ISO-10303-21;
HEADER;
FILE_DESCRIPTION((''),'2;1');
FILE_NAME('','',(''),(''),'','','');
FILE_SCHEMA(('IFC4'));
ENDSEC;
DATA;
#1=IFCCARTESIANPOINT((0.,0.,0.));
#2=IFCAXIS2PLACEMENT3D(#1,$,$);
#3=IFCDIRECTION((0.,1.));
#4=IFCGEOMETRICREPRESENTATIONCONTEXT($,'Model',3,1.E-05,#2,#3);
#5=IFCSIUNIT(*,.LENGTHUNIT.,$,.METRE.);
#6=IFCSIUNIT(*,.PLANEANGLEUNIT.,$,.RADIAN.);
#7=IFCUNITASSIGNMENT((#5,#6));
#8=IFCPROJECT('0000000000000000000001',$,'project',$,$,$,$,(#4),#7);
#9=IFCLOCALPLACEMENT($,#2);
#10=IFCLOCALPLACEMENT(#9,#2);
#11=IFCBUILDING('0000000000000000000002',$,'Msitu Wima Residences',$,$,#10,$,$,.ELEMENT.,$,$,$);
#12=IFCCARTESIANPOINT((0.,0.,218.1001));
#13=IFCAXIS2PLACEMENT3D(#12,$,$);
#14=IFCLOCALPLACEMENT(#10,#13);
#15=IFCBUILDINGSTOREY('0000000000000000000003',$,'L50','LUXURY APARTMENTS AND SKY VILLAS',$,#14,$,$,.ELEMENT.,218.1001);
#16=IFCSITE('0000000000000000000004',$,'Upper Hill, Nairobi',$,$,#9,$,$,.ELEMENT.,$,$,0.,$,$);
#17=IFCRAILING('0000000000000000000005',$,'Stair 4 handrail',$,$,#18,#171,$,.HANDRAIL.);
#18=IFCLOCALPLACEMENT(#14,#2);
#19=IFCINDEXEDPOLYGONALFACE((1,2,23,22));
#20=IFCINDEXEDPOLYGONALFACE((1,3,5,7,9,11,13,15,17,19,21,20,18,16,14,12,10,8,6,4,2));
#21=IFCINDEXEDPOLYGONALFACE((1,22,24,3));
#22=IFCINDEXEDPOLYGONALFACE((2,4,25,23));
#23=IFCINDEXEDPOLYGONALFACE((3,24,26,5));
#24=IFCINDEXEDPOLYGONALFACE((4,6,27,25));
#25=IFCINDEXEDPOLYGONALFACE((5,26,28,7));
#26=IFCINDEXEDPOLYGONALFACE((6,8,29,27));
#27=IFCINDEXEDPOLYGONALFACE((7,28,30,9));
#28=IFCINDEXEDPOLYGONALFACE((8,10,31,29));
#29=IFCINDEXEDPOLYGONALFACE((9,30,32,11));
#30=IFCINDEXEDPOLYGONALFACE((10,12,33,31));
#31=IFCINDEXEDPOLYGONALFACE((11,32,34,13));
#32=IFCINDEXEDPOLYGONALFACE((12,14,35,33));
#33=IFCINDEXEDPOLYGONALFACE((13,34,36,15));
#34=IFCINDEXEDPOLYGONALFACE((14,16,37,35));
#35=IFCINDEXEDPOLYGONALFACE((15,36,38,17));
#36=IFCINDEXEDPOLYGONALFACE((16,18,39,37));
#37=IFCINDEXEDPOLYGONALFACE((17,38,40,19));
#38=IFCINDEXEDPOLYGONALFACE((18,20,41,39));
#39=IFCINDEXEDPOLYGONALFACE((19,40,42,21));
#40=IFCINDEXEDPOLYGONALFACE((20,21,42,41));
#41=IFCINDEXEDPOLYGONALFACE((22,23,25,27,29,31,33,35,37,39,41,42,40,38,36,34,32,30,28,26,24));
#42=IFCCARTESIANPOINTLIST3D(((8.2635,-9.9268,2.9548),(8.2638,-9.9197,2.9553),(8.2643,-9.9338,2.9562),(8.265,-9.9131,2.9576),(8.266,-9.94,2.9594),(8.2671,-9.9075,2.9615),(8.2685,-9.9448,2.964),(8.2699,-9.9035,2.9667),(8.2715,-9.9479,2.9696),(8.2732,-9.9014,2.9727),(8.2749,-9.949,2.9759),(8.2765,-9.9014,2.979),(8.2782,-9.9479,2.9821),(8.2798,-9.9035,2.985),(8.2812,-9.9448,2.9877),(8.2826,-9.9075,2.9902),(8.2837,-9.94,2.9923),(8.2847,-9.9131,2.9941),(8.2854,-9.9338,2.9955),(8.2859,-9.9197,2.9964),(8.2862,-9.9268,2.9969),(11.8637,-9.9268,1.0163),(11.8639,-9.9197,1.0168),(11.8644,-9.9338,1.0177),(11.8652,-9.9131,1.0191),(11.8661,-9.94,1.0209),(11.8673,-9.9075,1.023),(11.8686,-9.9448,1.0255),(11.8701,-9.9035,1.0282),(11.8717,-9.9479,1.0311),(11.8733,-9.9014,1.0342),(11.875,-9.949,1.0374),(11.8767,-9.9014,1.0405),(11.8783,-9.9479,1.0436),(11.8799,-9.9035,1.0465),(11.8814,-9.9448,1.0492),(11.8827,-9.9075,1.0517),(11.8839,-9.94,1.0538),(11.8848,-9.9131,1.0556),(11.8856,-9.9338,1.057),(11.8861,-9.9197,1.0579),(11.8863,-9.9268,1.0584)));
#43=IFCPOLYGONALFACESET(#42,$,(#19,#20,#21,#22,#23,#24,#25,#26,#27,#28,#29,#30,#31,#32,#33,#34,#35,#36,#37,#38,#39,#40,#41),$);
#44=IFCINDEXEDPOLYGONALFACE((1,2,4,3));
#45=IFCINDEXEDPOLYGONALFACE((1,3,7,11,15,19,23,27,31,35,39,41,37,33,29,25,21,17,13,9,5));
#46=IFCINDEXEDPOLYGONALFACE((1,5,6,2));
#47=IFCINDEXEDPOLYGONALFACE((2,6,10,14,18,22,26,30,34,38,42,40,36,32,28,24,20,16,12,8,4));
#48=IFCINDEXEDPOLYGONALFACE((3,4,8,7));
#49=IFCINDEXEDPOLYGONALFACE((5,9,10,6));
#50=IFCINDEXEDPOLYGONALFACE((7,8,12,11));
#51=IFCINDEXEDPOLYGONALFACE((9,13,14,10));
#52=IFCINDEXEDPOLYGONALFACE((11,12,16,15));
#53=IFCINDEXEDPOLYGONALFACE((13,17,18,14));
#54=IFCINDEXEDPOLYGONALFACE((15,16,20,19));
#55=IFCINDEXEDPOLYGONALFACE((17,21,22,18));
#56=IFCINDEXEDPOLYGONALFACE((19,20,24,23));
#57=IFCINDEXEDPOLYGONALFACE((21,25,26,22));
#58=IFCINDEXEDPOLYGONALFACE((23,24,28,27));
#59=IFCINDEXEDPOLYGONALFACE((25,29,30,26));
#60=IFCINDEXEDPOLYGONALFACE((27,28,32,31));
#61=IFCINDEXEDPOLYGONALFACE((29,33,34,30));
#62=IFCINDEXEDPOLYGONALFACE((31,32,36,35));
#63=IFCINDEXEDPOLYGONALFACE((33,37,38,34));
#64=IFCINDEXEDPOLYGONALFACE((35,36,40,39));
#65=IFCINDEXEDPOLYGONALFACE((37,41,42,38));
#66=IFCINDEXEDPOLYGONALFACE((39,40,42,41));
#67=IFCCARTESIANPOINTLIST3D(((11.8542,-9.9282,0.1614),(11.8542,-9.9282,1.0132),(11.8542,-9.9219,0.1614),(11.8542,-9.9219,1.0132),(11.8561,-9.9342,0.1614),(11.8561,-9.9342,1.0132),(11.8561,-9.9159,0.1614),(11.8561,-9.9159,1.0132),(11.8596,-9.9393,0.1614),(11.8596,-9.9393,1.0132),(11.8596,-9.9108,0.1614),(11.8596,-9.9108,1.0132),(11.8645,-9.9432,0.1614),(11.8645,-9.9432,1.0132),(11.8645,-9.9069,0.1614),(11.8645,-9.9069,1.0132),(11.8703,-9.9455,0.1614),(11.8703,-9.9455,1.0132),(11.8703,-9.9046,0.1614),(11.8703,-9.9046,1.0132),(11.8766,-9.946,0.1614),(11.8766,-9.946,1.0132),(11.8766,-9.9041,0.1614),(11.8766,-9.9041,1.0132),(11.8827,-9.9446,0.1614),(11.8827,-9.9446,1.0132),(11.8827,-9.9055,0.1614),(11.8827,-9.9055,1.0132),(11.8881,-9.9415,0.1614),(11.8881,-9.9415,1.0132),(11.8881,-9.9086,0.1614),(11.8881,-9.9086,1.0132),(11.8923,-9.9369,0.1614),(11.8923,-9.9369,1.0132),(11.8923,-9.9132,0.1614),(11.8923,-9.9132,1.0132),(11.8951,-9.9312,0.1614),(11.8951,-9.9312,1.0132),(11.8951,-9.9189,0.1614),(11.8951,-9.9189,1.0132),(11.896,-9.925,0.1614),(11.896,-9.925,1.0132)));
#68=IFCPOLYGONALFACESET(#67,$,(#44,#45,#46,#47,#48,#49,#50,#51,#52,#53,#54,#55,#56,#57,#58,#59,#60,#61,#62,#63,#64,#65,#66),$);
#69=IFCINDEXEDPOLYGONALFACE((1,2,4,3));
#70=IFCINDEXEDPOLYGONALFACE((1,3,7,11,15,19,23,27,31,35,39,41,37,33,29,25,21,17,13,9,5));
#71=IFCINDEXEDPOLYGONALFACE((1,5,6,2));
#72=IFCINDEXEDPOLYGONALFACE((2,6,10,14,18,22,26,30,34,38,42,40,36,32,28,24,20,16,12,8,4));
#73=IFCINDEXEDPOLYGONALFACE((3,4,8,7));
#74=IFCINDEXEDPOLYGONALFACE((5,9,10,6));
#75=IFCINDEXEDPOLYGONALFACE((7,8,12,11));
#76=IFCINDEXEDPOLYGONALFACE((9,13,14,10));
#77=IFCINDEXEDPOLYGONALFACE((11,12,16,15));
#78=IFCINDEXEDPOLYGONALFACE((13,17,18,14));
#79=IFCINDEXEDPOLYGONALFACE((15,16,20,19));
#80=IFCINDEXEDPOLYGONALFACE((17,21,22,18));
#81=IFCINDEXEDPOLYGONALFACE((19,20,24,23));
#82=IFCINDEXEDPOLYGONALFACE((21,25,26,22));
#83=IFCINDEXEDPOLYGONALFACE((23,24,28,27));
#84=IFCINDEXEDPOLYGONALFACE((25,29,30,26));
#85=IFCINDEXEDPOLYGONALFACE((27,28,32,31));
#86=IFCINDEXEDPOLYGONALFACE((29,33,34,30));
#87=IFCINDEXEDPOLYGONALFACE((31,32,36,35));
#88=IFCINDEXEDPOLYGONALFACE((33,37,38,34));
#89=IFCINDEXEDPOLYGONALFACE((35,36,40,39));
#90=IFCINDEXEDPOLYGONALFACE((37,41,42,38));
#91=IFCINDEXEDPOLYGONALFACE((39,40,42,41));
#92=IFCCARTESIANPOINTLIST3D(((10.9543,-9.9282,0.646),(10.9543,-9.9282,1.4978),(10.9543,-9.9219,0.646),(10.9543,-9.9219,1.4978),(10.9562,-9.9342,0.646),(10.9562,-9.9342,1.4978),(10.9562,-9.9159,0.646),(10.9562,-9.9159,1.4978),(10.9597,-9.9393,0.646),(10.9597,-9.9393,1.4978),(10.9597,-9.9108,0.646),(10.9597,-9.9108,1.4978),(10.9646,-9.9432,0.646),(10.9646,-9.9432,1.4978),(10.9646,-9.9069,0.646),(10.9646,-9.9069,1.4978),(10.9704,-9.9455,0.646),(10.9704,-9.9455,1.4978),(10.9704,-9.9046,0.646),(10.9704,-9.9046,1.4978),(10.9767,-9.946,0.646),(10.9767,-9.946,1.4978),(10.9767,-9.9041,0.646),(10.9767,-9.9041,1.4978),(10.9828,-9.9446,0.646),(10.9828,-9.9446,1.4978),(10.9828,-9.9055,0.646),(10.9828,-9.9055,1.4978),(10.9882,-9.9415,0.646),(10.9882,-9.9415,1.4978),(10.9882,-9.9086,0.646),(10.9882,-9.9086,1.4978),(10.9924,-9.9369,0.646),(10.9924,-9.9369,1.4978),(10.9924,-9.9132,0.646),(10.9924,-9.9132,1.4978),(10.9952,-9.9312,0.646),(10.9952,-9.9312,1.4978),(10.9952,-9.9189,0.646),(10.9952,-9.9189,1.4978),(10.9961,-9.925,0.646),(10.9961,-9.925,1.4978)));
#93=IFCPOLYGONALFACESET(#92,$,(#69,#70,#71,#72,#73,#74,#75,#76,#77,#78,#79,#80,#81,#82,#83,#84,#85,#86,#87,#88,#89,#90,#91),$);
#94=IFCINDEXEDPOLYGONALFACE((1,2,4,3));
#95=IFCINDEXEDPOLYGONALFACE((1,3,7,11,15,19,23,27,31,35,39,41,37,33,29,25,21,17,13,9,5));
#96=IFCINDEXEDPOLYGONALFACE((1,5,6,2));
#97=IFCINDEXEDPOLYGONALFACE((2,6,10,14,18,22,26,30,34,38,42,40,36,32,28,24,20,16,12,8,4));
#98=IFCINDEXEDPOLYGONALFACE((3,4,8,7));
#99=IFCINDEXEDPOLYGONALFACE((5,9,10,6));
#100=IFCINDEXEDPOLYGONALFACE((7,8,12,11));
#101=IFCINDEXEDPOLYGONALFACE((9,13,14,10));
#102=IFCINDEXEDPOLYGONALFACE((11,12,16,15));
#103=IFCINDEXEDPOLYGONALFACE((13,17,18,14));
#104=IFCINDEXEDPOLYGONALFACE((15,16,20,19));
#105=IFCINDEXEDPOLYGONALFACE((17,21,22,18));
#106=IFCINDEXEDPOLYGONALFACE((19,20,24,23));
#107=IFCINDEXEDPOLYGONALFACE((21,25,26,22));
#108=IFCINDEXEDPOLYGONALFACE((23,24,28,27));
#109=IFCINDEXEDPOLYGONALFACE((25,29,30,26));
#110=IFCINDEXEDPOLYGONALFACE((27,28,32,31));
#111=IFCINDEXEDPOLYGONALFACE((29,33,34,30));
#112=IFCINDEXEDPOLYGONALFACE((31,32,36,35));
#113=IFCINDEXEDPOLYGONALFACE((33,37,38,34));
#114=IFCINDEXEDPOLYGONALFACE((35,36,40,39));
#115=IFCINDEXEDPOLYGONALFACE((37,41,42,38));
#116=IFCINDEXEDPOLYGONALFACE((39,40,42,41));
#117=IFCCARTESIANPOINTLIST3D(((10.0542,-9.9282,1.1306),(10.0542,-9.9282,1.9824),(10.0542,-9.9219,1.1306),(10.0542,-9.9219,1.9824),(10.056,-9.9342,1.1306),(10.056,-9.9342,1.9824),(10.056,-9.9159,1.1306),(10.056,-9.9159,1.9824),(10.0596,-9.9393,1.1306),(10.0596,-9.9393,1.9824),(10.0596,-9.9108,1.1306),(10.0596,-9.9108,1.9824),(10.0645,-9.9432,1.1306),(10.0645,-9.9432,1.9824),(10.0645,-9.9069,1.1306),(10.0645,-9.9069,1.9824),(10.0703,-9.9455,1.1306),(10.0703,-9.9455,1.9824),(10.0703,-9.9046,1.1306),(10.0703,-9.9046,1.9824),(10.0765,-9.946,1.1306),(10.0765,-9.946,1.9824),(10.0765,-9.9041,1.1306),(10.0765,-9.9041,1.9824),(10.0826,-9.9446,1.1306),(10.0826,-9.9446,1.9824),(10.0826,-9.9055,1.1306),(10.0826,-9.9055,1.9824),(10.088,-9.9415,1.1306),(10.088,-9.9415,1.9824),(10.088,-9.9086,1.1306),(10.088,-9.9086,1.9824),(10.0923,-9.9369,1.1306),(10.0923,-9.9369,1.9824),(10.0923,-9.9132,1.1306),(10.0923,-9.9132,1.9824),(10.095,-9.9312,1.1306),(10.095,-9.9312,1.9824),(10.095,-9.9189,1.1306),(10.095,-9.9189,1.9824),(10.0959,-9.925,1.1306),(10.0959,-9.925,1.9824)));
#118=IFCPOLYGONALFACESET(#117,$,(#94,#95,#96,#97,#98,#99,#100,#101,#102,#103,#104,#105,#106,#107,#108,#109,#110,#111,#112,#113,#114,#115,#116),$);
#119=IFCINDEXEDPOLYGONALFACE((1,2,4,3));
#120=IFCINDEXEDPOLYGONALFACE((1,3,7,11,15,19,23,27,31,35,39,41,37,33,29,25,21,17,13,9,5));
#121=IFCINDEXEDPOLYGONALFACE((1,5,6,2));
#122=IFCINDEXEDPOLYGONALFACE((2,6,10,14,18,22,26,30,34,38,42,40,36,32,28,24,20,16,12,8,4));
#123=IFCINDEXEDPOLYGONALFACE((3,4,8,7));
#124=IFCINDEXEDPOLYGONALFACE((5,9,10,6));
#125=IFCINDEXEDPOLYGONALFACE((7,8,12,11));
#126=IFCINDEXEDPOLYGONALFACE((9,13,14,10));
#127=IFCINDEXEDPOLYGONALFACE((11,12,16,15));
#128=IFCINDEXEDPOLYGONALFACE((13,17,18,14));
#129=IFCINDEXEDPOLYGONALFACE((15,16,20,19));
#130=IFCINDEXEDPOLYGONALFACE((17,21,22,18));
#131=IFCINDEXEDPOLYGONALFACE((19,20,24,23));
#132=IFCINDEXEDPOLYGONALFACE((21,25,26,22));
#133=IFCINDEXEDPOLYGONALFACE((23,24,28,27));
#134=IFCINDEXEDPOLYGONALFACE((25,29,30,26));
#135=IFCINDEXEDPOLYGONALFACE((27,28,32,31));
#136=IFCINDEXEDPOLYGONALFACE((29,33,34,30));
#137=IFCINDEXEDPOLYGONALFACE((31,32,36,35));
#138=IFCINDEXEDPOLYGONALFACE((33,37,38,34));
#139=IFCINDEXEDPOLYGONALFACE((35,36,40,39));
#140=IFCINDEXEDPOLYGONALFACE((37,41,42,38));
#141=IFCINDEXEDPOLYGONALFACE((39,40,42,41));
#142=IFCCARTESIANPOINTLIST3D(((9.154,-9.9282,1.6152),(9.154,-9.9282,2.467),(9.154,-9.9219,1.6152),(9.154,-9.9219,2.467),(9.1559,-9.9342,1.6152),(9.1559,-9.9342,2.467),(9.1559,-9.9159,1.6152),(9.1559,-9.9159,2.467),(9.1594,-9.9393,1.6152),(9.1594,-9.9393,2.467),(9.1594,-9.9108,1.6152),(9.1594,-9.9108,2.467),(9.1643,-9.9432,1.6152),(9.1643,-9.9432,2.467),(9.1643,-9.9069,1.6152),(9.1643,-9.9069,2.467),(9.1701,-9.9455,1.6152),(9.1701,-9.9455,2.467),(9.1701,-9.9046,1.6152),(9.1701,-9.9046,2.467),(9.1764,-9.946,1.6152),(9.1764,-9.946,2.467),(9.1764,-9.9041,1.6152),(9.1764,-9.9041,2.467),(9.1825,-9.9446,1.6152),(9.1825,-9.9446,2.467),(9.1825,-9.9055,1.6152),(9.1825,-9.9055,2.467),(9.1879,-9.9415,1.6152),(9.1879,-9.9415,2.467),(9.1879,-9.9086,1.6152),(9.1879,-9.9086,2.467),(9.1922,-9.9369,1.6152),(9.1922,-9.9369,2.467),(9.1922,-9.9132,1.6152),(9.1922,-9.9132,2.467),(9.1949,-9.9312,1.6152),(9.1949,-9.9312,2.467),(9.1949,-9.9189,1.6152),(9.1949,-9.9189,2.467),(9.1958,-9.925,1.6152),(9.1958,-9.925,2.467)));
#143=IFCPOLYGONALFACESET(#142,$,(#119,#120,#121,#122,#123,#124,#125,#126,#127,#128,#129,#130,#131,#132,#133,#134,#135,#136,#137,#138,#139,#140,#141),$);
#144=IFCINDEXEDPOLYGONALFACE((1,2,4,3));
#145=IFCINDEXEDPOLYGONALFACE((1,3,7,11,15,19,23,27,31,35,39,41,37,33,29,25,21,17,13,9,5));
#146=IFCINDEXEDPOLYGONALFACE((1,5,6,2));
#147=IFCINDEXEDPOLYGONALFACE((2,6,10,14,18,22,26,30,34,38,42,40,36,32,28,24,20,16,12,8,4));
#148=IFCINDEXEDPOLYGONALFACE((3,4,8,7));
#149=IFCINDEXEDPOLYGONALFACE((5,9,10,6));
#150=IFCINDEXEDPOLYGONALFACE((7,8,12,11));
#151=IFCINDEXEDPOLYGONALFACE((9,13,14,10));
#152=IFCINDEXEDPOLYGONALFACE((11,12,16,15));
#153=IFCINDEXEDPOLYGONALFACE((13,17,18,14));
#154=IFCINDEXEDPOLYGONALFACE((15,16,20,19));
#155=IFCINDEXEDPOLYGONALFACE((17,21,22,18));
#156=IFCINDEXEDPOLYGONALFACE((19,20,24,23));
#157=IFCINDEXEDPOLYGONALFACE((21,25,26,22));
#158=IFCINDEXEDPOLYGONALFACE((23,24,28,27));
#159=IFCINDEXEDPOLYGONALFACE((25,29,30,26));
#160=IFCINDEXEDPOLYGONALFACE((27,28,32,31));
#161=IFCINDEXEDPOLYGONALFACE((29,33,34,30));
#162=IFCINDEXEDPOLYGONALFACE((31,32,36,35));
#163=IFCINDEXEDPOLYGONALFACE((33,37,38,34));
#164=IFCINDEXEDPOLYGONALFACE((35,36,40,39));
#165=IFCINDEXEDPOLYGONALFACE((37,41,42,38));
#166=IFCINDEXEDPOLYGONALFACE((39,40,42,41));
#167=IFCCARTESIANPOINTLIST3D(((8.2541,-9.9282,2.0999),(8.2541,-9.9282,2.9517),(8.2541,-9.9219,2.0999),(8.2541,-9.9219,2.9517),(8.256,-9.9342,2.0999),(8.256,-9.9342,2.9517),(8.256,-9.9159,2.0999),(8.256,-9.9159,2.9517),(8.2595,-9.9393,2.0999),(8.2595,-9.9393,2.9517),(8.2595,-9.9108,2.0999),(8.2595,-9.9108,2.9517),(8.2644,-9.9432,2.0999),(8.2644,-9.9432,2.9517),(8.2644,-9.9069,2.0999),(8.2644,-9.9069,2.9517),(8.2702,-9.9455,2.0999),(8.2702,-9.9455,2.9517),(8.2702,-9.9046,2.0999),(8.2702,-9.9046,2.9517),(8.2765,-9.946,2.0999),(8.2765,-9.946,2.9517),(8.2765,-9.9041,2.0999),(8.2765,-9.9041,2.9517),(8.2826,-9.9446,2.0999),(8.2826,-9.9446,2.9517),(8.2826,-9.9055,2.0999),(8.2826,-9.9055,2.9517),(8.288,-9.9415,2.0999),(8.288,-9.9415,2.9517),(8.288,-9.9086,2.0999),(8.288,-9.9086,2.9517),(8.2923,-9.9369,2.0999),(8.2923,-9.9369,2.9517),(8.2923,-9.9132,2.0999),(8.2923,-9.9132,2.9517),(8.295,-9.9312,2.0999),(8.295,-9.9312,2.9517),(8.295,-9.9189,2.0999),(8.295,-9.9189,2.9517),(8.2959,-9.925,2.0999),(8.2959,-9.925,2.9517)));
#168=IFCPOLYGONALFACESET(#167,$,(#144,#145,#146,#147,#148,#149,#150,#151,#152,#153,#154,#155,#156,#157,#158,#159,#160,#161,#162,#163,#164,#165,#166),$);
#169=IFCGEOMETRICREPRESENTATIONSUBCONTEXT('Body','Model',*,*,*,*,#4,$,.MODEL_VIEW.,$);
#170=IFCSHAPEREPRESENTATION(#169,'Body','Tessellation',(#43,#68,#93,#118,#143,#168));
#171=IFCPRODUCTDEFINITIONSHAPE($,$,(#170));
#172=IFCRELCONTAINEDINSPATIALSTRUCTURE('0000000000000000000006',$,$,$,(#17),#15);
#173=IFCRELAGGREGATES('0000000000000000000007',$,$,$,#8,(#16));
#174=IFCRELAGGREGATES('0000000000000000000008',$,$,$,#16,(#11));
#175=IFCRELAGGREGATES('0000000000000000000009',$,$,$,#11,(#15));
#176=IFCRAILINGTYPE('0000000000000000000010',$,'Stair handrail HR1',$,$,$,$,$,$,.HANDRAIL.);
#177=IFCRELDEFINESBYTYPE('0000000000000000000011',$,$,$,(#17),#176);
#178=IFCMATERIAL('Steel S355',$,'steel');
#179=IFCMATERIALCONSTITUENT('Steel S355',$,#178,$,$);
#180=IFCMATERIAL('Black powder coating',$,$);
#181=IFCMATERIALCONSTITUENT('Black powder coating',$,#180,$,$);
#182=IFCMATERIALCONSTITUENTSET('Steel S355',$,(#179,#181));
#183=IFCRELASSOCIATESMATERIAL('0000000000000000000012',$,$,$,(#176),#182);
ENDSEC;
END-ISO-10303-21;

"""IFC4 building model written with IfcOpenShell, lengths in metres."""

from ifc_helpers import new_model, si_unit, direction, frame, origin, origin_2d, place, context, subcontext, project, spatial, circle, extrude, material, constituent, constituent_set, type_object, element, save


model = new_model("IFC4")

# Units and contexts
model_context = context("Model", 3, precision=1e-05, world=origin(), true_north=direction((0.0, 1.0)))
body_context = subcontext(model_context, "Body", "Model", "MODEL_VIEW")
ifc_project = project(units=[si_unit("LENGTHUNIT", "METRE"), si_unit("PLANEANGLEUNIT", "RADIAN")], contexts=[model_context])

# Site, building, storey
site_placement = place(None, origin())
site = spatial("IfcSite", under=ifc_project, at=site_placement, Name="Upper Hill, Nairobi", CompositionType="ELEMENT", RefElevation=0.0)
building_placement = place(site_placement, origin())
building = spatial("IfcBuilding", under=site, at=building_placement, Name="Msitu Wima Residences", CompositionType="ELEMENT")
storey_placement = place(building_placement, frame((0.0, 0.0, 218.1001)))
storey = spatial("IfcBuildingStorey", under=building, at=storey_placement, Name="L50", Description="LUXURY APARTMENTS AND SKY VILLAS", CompositionType="ELEMENT", Elevation=218.1001)

# Railing
ifc_material_1 = material(Name="Steel S355", Category="steel")
ifc_constituent_1 = constituent(ifc_material_1, Name="Steel S355")
ifc_material_2 = material(Name="Black powder coating")
ifc_constituent_2 = constituent(ifc_material_2, Name="Black powder coating")
ifc_constituent_set = constituent_set(constituents=[ifc_constituent_1, ifc_constituent_2], Name="Steel S355")
railing_type = type_object("IfcRailingType", Name="Stair handrail HR1", PredefinedType="HANDRAIL", material=ifc_constituent_set)
for number, where, name in (
    (1, (11.875, -9.925, 0.1614), "Stair 4 handrail"),
):
    element("IfcRailing", number, at=place(storey_placement, frame(where)), inside=storey, type_object=railing_type, Name=name, PredefinedType="HANDRAIL", context=body_context, shape_type="SweptSolid", body=[
        extrude(circle(Radius=0.0239, at=origin_2d()), frame((0.0, 0.0, 0.876), z_axis=(-0.880475, 0.0, 0.474093), x_axis=(0.0, -1.0, 0.0)), (0.0, 0.0, 1.0), 4.0889),
        extrude(circle(Radius=0.021, at=origin_2d()), origin(), (0.0, 0.0, 1.0), 0.8518),
        extrude(circle(Radius=0.021, at=origin_2d()), frame((-0.8999, 0.0, 0.4846)), (0.0, 0.0, 1.0), 0.8518),
        extrude(circle(Radius=0.021, at=origin_2d()), frame((-1.8, 0.0, 0.9692)), (0.0, 0.0, 1.0), 0.8518),
        extrude(circle(Radius=0.021, at=origin_2d()), frame((-2.7002, 0.0, 1.4539)), (0.0, 0.0, 1.0), 0.8518),
        extrude(circle(Radius=0.021, at=origin_2d()), frame((-3.6001, 0.0, 1.9385)), (0.0, 0.0, 1.0), 0.8518),
    ])

save(model, "model.ifc")
